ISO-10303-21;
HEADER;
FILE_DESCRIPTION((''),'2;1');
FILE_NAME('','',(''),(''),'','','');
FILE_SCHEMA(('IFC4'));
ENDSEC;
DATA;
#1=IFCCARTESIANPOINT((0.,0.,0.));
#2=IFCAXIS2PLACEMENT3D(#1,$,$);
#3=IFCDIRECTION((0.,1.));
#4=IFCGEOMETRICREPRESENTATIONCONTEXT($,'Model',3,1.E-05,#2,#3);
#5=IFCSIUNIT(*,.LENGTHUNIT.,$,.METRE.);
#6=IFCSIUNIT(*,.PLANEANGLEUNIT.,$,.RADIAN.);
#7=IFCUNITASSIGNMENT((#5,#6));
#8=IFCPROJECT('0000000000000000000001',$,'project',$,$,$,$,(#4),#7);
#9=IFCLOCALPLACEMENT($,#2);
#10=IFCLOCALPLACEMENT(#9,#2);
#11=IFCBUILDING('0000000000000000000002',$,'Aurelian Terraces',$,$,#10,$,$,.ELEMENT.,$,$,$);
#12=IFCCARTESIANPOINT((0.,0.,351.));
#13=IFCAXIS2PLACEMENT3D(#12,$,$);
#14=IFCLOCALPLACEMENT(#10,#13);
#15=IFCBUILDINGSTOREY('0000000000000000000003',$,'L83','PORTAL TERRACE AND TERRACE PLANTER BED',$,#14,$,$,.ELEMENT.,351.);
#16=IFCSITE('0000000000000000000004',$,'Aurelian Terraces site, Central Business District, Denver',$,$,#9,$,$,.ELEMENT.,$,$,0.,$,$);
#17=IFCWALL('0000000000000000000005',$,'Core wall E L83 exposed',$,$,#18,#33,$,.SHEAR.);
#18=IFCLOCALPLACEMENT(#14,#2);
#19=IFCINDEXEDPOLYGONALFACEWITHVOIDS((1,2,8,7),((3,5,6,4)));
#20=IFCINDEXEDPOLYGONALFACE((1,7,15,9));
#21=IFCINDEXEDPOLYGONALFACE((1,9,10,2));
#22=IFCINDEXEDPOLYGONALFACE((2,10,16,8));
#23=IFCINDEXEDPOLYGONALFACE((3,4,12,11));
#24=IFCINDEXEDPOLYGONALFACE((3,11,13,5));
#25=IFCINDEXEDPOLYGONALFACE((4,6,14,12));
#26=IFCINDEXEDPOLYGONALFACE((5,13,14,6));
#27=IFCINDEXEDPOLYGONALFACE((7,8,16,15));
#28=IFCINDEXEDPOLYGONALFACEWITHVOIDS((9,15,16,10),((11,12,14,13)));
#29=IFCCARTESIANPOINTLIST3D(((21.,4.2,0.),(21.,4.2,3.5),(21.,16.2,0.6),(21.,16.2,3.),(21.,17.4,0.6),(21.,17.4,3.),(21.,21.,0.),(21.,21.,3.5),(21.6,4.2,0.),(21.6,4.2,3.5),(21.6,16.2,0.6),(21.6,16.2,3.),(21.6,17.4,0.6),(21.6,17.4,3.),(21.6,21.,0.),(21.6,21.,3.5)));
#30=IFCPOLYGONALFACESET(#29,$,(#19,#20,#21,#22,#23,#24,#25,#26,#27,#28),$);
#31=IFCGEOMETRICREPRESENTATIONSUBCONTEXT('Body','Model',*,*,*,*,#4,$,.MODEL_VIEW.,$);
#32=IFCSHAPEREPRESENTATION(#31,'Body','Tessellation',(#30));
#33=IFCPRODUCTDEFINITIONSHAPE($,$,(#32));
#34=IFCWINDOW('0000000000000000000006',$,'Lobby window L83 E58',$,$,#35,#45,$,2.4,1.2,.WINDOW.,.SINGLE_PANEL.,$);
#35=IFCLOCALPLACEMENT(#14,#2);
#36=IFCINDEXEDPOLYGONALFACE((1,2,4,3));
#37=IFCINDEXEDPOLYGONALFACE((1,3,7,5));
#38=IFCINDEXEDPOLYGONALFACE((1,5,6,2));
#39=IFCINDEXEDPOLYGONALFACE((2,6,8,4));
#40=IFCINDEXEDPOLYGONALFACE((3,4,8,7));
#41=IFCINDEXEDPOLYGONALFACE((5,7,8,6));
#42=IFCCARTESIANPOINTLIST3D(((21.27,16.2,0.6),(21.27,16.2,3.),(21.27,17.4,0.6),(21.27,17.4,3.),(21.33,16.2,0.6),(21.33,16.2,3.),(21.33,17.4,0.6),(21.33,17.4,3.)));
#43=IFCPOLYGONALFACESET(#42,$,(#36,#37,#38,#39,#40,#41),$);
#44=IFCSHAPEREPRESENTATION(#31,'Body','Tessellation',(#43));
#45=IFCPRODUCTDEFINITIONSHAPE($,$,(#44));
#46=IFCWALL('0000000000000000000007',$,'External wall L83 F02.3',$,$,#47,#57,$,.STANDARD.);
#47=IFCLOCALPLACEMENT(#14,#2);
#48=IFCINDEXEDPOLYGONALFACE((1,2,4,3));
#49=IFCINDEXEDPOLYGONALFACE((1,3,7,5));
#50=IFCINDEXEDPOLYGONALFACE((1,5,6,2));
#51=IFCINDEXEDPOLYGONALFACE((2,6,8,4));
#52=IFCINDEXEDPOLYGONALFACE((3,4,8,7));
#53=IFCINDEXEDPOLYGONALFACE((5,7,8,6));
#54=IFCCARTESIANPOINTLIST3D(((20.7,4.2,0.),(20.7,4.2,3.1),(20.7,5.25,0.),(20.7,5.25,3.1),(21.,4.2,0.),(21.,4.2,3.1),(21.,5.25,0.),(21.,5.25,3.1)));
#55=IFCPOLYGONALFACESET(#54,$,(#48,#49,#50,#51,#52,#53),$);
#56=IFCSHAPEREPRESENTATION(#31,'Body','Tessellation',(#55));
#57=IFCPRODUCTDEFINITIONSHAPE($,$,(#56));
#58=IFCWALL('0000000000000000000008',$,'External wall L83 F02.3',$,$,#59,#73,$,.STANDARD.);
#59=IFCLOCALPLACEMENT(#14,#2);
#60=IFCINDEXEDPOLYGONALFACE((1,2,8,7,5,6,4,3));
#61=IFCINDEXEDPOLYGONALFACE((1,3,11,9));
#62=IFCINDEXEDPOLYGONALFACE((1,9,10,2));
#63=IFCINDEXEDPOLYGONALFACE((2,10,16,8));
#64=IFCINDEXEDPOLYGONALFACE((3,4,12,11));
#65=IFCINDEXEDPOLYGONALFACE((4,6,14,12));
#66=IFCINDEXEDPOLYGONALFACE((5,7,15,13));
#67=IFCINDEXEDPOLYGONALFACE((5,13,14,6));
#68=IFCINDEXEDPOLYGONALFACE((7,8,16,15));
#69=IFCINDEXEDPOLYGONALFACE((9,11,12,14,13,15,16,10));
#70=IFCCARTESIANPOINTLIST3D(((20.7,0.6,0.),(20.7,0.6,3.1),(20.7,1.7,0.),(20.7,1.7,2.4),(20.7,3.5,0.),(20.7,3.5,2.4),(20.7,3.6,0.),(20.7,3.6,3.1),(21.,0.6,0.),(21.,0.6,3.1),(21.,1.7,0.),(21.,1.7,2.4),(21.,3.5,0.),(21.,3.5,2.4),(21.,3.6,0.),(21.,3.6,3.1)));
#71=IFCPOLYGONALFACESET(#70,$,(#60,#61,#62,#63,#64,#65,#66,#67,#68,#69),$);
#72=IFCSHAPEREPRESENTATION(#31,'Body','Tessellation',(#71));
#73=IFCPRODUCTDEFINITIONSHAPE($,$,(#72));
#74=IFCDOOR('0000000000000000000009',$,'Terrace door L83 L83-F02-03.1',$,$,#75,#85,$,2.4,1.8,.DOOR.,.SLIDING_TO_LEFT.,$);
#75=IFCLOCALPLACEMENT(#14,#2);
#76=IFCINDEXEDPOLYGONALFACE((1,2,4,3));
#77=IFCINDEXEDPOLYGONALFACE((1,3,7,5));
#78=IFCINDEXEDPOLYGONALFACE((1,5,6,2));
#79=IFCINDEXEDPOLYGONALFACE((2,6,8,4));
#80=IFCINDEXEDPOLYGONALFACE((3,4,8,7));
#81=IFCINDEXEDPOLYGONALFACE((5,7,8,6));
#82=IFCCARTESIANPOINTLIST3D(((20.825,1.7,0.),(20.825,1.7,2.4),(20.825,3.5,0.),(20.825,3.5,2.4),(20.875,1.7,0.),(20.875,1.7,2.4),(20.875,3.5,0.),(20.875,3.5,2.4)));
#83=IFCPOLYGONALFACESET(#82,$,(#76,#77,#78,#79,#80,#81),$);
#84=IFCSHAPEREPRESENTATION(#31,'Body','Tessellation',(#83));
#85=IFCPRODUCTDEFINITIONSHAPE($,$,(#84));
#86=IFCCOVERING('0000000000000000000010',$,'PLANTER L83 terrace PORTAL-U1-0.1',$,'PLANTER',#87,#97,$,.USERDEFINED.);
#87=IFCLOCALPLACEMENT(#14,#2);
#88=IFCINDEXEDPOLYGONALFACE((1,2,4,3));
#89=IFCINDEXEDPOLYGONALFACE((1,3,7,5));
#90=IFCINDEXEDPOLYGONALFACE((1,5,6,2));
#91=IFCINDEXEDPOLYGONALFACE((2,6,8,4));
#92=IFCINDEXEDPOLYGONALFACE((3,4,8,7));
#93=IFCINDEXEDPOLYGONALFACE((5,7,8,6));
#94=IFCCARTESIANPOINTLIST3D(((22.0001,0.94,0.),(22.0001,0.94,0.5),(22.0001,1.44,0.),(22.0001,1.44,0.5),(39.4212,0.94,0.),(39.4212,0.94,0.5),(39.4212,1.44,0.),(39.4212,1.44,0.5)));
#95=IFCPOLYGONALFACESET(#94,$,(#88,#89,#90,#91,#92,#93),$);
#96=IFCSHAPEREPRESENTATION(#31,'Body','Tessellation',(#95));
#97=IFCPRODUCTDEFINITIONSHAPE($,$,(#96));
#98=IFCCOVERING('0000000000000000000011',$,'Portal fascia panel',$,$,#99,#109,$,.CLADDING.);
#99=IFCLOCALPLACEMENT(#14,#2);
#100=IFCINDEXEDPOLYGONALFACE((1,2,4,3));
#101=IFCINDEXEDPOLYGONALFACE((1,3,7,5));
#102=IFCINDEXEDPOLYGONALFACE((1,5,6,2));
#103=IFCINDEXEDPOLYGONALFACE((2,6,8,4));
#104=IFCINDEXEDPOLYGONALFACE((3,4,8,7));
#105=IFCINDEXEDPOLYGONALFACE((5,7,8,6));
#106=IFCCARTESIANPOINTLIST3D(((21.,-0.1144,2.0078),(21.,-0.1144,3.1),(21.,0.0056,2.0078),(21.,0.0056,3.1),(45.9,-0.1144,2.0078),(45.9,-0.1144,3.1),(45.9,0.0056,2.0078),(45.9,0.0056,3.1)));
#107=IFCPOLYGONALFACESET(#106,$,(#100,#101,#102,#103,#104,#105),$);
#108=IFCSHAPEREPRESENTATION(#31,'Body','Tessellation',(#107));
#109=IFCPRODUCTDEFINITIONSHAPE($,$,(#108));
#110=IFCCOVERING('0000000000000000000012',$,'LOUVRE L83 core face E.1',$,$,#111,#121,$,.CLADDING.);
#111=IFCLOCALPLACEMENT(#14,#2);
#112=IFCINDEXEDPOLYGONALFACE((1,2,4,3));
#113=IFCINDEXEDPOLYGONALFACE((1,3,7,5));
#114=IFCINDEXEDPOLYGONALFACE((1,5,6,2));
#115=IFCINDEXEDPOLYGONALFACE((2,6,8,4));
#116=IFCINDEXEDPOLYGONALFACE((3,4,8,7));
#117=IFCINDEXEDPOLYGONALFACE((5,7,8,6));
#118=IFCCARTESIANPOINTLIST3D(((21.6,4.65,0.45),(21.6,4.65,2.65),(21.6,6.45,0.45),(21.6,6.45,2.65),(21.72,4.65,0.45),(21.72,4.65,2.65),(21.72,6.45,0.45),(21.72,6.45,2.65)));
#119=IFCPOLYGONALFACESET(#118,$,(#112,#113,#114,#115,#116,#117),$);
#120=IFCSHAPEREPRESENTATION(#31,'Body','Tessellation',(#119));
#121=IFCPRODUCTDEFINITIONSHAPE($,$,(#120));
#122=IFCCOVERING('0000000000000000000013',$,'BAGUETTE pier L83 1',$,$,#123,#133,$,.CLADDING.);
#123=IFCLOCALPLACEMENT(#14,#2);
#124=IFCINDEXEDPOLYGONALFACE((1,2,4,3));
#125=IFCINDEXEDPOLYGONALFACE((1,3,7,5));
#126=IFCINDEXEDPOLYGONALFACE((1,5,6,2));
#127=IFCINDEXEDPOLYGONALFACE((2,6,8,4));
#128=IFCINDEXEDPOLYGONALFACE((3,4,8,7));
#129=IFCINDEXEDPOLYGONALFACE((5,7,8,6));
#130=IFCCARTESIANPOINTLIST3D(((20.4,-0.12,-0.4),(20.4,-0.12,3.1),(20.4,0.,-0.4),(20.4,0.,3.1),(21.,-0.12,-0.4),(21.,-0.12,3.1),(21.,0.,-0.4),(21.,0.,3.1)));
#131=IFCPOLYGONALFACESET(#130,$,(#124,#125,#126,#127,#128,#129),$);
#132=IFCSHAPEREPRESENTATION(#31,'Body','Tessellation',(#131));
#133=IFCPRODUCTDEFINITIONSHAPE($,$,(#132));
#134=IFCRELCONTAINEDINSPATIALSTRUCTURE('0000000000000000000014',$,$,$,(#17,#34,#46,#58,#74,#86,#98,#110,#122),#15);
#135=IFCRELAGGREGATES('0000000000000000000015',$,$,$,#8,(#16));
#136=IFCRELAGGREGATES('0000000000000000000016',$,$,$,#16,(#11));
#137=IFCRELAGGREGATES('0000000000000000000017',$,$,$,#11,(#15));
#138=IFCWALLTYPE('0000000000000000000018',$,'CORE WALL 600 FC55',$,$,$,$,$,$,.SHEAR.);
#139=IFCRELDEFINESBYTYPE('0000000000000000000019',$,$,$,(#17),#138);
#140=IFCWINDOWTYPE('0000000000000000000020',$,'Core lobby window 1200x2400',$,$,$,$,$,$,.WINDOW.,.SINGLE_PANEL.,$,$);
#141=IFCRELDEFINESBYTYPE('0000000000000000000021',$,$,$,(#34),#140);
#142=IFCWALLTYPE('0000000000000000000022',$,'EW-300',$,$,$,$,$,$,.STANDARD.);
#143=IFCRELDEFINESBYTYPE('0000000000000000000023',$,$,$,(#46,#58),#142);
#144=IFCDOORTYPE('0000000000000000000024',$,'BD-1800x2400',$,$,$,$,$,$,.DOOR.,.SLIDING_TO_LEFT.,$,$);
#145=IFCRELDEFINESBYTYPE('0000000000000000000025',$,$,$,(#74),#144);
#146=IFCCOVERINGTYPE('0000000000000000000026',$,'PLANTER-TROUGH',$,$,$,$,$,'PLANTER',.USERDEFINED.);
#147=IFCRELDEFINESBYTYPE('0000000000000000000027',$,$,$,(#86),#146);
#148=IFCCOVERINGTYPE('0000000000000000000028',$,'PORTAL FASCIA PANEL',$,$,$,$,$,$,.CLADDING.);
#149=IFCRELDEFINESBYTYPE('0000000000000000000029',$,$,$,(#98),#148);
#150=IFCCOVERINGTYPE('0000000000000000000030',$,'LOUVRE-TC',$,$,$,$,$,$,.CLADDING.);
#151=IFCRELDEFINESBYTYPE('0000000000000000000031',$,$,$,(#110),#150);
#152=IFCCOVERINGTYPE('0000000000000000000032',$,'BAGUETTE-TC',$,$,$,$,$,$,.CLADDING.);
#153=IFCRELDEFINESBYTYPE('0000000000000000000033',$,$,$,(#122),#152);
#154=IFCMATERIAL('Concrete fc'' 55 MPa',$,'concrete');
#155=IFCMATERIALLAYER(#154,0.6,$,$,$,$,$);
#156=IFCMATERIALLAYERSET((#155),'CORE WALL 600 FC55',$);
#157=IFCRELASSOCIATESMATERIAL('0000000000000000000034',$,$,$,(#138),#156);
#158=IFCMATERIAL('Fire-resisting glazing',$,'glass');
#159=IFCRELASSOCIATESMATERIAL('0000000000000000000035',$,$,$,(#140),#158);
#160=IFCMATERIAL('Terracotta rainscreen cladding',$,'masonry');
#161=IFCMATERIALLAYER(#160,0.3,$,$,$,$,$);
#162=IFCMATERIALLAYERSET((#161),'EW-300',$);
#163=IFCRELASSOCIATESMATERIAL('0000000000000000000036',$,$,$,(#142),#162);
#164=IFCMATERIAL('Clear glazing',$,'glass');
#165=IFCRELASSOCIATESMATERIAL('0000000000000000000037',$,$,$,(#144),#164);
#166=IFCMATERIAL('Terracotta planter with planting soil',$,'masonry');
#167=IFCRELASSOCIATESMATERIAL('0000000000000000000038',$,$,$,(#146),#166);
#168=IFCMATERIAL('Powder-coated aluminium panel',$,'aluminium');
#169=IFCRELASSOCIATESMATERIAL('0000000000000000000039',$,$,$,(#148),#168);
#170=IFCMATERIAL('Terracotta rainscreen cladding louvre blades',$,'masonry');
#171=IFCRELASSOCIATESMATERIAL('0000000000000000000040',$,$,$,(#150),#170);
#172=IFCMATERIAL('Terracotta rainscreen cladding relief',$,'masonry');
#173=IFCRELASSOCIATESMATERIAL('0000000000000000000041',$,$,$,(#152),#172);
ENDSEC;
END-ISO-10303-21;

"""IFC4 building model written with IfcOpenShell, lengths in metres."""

from ifc_helpers import new_model, si_unit, direction, frame, frame_2d, origin, origin_2d, place, context, subcontext, project, spatial, rectangle, extrude, source, transform, mapped, material, layer, layer_set, type_object, element, fill, save


model = new_model("IFC4")

# Units and contexts
model_context = context("Model", 3, precision=1e-05, world=origin(), true_north=direction((0.0, 1.0)))
body_context = subcontext(model_context, "Body", "Model", "MODEL_VIEW")
ifc_project = project(units=[si_unit("LENGTHUNIT", "METRE"), si_unit("PLANEANGLEUNIT", "RADIAN")], contexts=[model_context])

# Site, building, storey
site_placement = place(None, origin())
site = spatial("IfcSite", under=ifc_project, at=site_placement, Name="Aurelian Terraces site, Central Business District, Denver", CompositionType="ELEMENT", RefElevation=0.0)
building_placement = place(site_placement, origin())
building = spatial("IfcBuilding", under=site, at=building_placement, Name="Aurelian Terraces", CompositionType="ELEMENT")
storey_placement = place(building_placement, frame((0.0, 0.0, 351.0)))
storey = spatial("IfcBuildingStorey", under=building, at=storey_placement, Name="L83", Description="PORTAL TERRACE AND TERRACE PLANTER BED", CompositionType="ELEMENT", Elevation=351.0)

# Shared definitions
ifc_material_1 = material(Name="Concrete fc' 55 MPa", Category="concrete")

# Wall, opening, window
ifc_layer_1 = layer(ifc_material_1, 0.6)
ifc_layer_set_1 = layer_set([ifc_layer_1], Name="CORE WALL 600 FC55")
wall_type_1 = type_object("IfcWallType", Name="CORE WALL 600 FC55", PredefinedType="SHEAR", material=ifc_layer_set_1)
shared_shape_1 = source(origin(), body_context, "Body", "SweptSolid", [
    extrude(rectangle(XDim=16.8, YDim=0.6, at=frame_2d((8.4, 0.0))), origin(), (0.0, 0.0, 1.0), 3.5),
])
wall_1_placement = place(storey_placement, frame((21.3, 4.2, 0.0), z_axis=(0.0, 0.0, 1.0), x_axis=(0.0, 1.0, 0.0)))
wall_1 = element("IfcWall", 1, at=wall_1_placement, inside=storey, type_object=wall_type_1, Name="Core wall E L83 exposed", PredefinedType="SHEAR", context=body_context, shape_type="MappedRepresentation", body=[
    mapped(shared_shape_1, transform((0.0, 0.0, 0.0), scale=1.0)),
])
shared_shape_2 = source(origin(), body_context, "Body", "SweptSolid", [
    extrude(rectangle(XDim=1.2, YDim=2.4, at=frame_2d((0.6, 1.2))), frame((0.0, 0.31, 0.0), z_axis=(0.0, -1.0, 0.0), x_axis=(1.0, 0.0, 0.0)), (0.0, 0.0, 1.0), 0.62),
])
opening_1_placement = place(wall_1_placement, frame((12.0, 0.0, 0.6)))
opening_1 = element("IfcOpeningElement", 2, at=opening_1_placement, cuts=wall_1, PredefinedType="OPENING", context=body_context, shape_type="MappedRepresentation", body=[
    mapped(shared_shape_2, transform((0.0, 0.0, 0.0), scale=1.0)),
])
ifc_material_2 = material(Name="Fire-resisting glazing", Category="glass")
window_type = type_object("IfcWindowType", Name="Core lobby window 1200x2400", PartitioningType="SINGLE_PANEL", PredefinedType="WINDOW", material=ifc_material_2)
shared_shape_3 = source(origin(), body_context, "Body", "SweptSolid", [
    extrude(rectangle(XDim=1.2, YDim=2.4, at=frame_2d((0.6, 1.2))), frame((0.0, 0.03, 0.0), z_axis=(0.0, -1.0, 0.0), x_axis=(1.0, 0.0, 0.0)), (0.0, 0.0, 1.0), 0.06),
])
window_placement = place(opening_1_placement, origin())
window = element("IfcWindow", 3, at=window_placement, inside=storey, type_object=window_type, Name="Lobby window L83 E58", OverallHeight=2.4, OverallWidth=1.2, PartitioningType="SINGLE_PANEL", PredefinedType="WINDOW", context=body_context, shape_type="MappedRepresentation", body=[
    mapped(shared_shape_3, transform((0.0, 0.0, 0.0), scale=1.0)),
])
fill(opening_1, window)

# Wall
ifc_material_3 = material(Name="Terracotta rainscreen cladding", Category="masonry")
ifc_layer_2 = layer(ifc_material_3, 0.3)
ifc_layer_set_2 = layer_set([ifc_layer_2], Name="EW-300")
wall_type_2 = type_object("IfcWallType", Name="EW-300", PredefinedType="STANDARD", material=ifc_layer_set_2)
shared_shape_4 = source(origin(), body_context, "Body", "SweptSolid", [
    extrude(rectangle(XDim=1.05, YDim=0.3, at=frame_2d((0.525, 0.0))), origin(), (0.0, 0.0, 1.0), 3.1),
])
wall_2_placement = place(storey_placement, frame((20.85, 4.2, 0.0), z_axis=(0.0, 0.0, 1.0), x_axis=(0.0, 1.0, 0.0)))
element("IfcWall", 4, at=wall_2_placement, inside=storey, type_object=wall_type_2, Name="External wall L83 F02.3", PredefinedType="STANDARD", context=body_context, shape_type="MappedRepresentation", body=[
    mapped(shared_shape_4, transform((0.0, 0.0, 0.0), scale=1.0)),
])

# Wall, opening, door
shared_shape_5 = source(origin(), body_context, "Body", "SweptSolid", [
    extrude(rectangle(XDim=3.0, YDim=0.3, at=frame_2d((1.5, 0.0))), origin(), (0.0, 0.0, 1.0), 3.1),
])
wall_3_placement = place(storey_placement, frame((20.85, 0.6, 0.0), z_axis=(0.0, 0.0, 1.0), x_axis=(0.0, 1.0, 0.0)))
wall_3 = element("IfcWall", 5, at=wall_3_placement, inside=storey, type_object=wall_type_2, Name="External wall L83 F02.3", PredefinedType="STANDARD", context=body_context, shape_type="MappedRepresentation", body=[
    mapped(shared_shape_5, transform((0.0, 0.0, 0.0), scale=1.0)),
])
shared_shape_6 = source(origin(), body_context, "Body", "SweptSolid", [
    extrude(rectangle(XDim=1.8, YDim=2.4, at=frame_2d((0.9, 1.2))), frame((0.0, 0.16, 0.0), z_axis=(0.0, -1.0, 0.0), x_axis=(1.0, 0.0, 0.0)), (0.0, 0.0, 1.0), 0.32),
])
opening_2_placement = place(wall_3_placement, frame((1.1, 0.0, 0.0)))
opening_2 = element("IfcOpeningElement", 6, at=opening_2_placement, cuts=wall_3, PredefinedType="OPENING", context=body_context, shape_type="MappedRepresentation", body=[
    mapped(shared_shape_6, transform((0.0, 0.0, 0.0), scale=1.0)),
])
ifc_material_4 = material(Name="Clear glazing", Category="glass")
door_type = type_object("IfcDoorType", Name="BD-1800x2400", OperationType="SLIDING_TO_LEFT", PredefinedType="DOOR", material=ifc_material_4)
shared_shape_7 = source(origin(), body_context, "Body", "SweptSolid", [
    extrude(rectangle(XDim=1.8, YDim=2.4, at=frame_2d((0.9, 1.2))), frame((0.0, 0.025, 0.0), z_axis=(0.0, -1.0, 0.0), x_axis=(1.0, 0.0, 0.0)), (0.0, 0.0, 1.0), 0.05),
])
door_placement = place(opening_2_placement, origin())
door = element("IfcDoor", 7, at=door_placement, inside=storey, type_object=door_type, Name="Terrace door L83 L83-F02-03.1", OperationType="SLIDING_TO_LEFT", OverallHeight=2.4, OverallWidth=1.8, PredefinedType="DOOR", context=body_context, shape_type="MappedRepresentation", body=[
    mapped(shared_shape_7, transform((0.0, 0.0, 0.0), scale=1.0)),
])
fill(opening_2, door)

# Coverings
ifc_material_5 = material(Name="Terracotta planter with planting soil", Category="masonry")
covering_type_1 = type_object("IfcCoveringType", Name="PLANTER-TROUGH", ElementType="PLANTER", PredefinedType="USERDEFINED", material=ifc_material_5)
covering_1_placement = place(storey_placement, frame((30.7106, 1.19, 0.0), z_axis=(0.0, 0.0, 1.0), x_axis=(1.0, 0.0, 0.0)))
element("IfcCovering", 8, at=covering_1_placement, inside=storey, type_object=covering_type_1, Name="PLANTER L83 terrace PORTAL-U1-0.1", ObjectType="PLANTER", PredefinedType="USERDEFINED", context=body_context, shape_type="SweptSolid", body=[
    extrude(rectangle(XDim=17.4211, YDim=0.5, at=origin_2d()), origin(), (0.0, 0.0, 1.0), 0.5),
])
ifc_material_6 = material(Name="Powder-coated aluminium panel", Category="aluminium")
covering_type_2 = type_object("IfcCoveringType", Name="PORTAL FASCIA PANEL", PredefinedType="CLADDING", material=ifc_material_6)
covering_2_placement = place(storey_placement, frame((33.45, -0.0544, 2.0078), z_axis=(0.0, 0.0, 1.0), x_axis=(1.0, 0.0, 0.0)))
element("IfcCovering", 9, at=covering_2_placement, inside=storey, type_object=covering_type_2, Name="Portal fascia panel", PredefinedType="CLADDING", context=body_context, shape_type="SweptSolid", body=[
    extrude(rectangle(XDim=24.9, YDim=0.12, at=origin_2d()), origin(), (0.0, 0.0, 1.0), 1.0922),
])
ifc_material_7 = material(Name="Terracotta rainscreen cladding louvre blades", Category="masonry")
covering_type_3 = type_object("IfcCoveringType", Name="LOUVRE-TC", PredefinedType="CLADDING", material=ifc_material_7)
shared_shape_8 = source(origin(), body_context, "Body", "SweptSolid", [
    extrude(rectangle(XDim=0.12, YDim=1.8, at=origin_2d()), origin(), (0.0, 0.0, 1.0), 2.2),
])
covering_3_placement = place(storey_placement, frame((21.66, 5.55, 0.45), z_axis=(0.0, 0.0, 1.0), x_axis=(1.0, 0.0, 0.0)))
element("IfcCovering", 10, at=covering_3_placement, inside=storey, type_object=covering_type_3, Name="LOUVRE L83 core face E.1", PredefinedType="CLADDING", context=body_context, shape_type="MappedRepresentation", body=[
    mapped(shared_shape_8, transform((0.0, 0.0, 0.0), scale=1.0)),
])
ifc_material_8 = material(Name="Terracotta rainscreen cladding relief", Category="masonry")
covering_type_4 = type_object("IfcCoveringType", Name="BAGUETTE-TC", PredefinedType="CLADDING", material=ifc_material_8)
shared_shape_9 = source(origin(), body_context, "Body", "SweptSolid", [
    extrude(rectangle(XDim=0.6, YDim=0.12, at=origin_2d()), origin(), (0.0, 0.0, 1.0), 3.5),
])
covering_4_placement = place(storey_placement, frame((20.7, -0.06, -0.4), z_axis=(0.0, 0.0, 1.0), x_axis=(1.0, 0.0, 0.0)))
element("IfcCovering", 11, at=covering_4_placement, inside=storey, type_object=covering_type_4, Name="BAGUETTE pier L83 1", PredefinedType="CLADDING", context=body_context, shape_type="MappedRepresentation", body=[
    mapped(shared_shape_9, transform((0.0, 0.0, 0.0), scale=1.0)),
])

save(model, "model.ifc")
